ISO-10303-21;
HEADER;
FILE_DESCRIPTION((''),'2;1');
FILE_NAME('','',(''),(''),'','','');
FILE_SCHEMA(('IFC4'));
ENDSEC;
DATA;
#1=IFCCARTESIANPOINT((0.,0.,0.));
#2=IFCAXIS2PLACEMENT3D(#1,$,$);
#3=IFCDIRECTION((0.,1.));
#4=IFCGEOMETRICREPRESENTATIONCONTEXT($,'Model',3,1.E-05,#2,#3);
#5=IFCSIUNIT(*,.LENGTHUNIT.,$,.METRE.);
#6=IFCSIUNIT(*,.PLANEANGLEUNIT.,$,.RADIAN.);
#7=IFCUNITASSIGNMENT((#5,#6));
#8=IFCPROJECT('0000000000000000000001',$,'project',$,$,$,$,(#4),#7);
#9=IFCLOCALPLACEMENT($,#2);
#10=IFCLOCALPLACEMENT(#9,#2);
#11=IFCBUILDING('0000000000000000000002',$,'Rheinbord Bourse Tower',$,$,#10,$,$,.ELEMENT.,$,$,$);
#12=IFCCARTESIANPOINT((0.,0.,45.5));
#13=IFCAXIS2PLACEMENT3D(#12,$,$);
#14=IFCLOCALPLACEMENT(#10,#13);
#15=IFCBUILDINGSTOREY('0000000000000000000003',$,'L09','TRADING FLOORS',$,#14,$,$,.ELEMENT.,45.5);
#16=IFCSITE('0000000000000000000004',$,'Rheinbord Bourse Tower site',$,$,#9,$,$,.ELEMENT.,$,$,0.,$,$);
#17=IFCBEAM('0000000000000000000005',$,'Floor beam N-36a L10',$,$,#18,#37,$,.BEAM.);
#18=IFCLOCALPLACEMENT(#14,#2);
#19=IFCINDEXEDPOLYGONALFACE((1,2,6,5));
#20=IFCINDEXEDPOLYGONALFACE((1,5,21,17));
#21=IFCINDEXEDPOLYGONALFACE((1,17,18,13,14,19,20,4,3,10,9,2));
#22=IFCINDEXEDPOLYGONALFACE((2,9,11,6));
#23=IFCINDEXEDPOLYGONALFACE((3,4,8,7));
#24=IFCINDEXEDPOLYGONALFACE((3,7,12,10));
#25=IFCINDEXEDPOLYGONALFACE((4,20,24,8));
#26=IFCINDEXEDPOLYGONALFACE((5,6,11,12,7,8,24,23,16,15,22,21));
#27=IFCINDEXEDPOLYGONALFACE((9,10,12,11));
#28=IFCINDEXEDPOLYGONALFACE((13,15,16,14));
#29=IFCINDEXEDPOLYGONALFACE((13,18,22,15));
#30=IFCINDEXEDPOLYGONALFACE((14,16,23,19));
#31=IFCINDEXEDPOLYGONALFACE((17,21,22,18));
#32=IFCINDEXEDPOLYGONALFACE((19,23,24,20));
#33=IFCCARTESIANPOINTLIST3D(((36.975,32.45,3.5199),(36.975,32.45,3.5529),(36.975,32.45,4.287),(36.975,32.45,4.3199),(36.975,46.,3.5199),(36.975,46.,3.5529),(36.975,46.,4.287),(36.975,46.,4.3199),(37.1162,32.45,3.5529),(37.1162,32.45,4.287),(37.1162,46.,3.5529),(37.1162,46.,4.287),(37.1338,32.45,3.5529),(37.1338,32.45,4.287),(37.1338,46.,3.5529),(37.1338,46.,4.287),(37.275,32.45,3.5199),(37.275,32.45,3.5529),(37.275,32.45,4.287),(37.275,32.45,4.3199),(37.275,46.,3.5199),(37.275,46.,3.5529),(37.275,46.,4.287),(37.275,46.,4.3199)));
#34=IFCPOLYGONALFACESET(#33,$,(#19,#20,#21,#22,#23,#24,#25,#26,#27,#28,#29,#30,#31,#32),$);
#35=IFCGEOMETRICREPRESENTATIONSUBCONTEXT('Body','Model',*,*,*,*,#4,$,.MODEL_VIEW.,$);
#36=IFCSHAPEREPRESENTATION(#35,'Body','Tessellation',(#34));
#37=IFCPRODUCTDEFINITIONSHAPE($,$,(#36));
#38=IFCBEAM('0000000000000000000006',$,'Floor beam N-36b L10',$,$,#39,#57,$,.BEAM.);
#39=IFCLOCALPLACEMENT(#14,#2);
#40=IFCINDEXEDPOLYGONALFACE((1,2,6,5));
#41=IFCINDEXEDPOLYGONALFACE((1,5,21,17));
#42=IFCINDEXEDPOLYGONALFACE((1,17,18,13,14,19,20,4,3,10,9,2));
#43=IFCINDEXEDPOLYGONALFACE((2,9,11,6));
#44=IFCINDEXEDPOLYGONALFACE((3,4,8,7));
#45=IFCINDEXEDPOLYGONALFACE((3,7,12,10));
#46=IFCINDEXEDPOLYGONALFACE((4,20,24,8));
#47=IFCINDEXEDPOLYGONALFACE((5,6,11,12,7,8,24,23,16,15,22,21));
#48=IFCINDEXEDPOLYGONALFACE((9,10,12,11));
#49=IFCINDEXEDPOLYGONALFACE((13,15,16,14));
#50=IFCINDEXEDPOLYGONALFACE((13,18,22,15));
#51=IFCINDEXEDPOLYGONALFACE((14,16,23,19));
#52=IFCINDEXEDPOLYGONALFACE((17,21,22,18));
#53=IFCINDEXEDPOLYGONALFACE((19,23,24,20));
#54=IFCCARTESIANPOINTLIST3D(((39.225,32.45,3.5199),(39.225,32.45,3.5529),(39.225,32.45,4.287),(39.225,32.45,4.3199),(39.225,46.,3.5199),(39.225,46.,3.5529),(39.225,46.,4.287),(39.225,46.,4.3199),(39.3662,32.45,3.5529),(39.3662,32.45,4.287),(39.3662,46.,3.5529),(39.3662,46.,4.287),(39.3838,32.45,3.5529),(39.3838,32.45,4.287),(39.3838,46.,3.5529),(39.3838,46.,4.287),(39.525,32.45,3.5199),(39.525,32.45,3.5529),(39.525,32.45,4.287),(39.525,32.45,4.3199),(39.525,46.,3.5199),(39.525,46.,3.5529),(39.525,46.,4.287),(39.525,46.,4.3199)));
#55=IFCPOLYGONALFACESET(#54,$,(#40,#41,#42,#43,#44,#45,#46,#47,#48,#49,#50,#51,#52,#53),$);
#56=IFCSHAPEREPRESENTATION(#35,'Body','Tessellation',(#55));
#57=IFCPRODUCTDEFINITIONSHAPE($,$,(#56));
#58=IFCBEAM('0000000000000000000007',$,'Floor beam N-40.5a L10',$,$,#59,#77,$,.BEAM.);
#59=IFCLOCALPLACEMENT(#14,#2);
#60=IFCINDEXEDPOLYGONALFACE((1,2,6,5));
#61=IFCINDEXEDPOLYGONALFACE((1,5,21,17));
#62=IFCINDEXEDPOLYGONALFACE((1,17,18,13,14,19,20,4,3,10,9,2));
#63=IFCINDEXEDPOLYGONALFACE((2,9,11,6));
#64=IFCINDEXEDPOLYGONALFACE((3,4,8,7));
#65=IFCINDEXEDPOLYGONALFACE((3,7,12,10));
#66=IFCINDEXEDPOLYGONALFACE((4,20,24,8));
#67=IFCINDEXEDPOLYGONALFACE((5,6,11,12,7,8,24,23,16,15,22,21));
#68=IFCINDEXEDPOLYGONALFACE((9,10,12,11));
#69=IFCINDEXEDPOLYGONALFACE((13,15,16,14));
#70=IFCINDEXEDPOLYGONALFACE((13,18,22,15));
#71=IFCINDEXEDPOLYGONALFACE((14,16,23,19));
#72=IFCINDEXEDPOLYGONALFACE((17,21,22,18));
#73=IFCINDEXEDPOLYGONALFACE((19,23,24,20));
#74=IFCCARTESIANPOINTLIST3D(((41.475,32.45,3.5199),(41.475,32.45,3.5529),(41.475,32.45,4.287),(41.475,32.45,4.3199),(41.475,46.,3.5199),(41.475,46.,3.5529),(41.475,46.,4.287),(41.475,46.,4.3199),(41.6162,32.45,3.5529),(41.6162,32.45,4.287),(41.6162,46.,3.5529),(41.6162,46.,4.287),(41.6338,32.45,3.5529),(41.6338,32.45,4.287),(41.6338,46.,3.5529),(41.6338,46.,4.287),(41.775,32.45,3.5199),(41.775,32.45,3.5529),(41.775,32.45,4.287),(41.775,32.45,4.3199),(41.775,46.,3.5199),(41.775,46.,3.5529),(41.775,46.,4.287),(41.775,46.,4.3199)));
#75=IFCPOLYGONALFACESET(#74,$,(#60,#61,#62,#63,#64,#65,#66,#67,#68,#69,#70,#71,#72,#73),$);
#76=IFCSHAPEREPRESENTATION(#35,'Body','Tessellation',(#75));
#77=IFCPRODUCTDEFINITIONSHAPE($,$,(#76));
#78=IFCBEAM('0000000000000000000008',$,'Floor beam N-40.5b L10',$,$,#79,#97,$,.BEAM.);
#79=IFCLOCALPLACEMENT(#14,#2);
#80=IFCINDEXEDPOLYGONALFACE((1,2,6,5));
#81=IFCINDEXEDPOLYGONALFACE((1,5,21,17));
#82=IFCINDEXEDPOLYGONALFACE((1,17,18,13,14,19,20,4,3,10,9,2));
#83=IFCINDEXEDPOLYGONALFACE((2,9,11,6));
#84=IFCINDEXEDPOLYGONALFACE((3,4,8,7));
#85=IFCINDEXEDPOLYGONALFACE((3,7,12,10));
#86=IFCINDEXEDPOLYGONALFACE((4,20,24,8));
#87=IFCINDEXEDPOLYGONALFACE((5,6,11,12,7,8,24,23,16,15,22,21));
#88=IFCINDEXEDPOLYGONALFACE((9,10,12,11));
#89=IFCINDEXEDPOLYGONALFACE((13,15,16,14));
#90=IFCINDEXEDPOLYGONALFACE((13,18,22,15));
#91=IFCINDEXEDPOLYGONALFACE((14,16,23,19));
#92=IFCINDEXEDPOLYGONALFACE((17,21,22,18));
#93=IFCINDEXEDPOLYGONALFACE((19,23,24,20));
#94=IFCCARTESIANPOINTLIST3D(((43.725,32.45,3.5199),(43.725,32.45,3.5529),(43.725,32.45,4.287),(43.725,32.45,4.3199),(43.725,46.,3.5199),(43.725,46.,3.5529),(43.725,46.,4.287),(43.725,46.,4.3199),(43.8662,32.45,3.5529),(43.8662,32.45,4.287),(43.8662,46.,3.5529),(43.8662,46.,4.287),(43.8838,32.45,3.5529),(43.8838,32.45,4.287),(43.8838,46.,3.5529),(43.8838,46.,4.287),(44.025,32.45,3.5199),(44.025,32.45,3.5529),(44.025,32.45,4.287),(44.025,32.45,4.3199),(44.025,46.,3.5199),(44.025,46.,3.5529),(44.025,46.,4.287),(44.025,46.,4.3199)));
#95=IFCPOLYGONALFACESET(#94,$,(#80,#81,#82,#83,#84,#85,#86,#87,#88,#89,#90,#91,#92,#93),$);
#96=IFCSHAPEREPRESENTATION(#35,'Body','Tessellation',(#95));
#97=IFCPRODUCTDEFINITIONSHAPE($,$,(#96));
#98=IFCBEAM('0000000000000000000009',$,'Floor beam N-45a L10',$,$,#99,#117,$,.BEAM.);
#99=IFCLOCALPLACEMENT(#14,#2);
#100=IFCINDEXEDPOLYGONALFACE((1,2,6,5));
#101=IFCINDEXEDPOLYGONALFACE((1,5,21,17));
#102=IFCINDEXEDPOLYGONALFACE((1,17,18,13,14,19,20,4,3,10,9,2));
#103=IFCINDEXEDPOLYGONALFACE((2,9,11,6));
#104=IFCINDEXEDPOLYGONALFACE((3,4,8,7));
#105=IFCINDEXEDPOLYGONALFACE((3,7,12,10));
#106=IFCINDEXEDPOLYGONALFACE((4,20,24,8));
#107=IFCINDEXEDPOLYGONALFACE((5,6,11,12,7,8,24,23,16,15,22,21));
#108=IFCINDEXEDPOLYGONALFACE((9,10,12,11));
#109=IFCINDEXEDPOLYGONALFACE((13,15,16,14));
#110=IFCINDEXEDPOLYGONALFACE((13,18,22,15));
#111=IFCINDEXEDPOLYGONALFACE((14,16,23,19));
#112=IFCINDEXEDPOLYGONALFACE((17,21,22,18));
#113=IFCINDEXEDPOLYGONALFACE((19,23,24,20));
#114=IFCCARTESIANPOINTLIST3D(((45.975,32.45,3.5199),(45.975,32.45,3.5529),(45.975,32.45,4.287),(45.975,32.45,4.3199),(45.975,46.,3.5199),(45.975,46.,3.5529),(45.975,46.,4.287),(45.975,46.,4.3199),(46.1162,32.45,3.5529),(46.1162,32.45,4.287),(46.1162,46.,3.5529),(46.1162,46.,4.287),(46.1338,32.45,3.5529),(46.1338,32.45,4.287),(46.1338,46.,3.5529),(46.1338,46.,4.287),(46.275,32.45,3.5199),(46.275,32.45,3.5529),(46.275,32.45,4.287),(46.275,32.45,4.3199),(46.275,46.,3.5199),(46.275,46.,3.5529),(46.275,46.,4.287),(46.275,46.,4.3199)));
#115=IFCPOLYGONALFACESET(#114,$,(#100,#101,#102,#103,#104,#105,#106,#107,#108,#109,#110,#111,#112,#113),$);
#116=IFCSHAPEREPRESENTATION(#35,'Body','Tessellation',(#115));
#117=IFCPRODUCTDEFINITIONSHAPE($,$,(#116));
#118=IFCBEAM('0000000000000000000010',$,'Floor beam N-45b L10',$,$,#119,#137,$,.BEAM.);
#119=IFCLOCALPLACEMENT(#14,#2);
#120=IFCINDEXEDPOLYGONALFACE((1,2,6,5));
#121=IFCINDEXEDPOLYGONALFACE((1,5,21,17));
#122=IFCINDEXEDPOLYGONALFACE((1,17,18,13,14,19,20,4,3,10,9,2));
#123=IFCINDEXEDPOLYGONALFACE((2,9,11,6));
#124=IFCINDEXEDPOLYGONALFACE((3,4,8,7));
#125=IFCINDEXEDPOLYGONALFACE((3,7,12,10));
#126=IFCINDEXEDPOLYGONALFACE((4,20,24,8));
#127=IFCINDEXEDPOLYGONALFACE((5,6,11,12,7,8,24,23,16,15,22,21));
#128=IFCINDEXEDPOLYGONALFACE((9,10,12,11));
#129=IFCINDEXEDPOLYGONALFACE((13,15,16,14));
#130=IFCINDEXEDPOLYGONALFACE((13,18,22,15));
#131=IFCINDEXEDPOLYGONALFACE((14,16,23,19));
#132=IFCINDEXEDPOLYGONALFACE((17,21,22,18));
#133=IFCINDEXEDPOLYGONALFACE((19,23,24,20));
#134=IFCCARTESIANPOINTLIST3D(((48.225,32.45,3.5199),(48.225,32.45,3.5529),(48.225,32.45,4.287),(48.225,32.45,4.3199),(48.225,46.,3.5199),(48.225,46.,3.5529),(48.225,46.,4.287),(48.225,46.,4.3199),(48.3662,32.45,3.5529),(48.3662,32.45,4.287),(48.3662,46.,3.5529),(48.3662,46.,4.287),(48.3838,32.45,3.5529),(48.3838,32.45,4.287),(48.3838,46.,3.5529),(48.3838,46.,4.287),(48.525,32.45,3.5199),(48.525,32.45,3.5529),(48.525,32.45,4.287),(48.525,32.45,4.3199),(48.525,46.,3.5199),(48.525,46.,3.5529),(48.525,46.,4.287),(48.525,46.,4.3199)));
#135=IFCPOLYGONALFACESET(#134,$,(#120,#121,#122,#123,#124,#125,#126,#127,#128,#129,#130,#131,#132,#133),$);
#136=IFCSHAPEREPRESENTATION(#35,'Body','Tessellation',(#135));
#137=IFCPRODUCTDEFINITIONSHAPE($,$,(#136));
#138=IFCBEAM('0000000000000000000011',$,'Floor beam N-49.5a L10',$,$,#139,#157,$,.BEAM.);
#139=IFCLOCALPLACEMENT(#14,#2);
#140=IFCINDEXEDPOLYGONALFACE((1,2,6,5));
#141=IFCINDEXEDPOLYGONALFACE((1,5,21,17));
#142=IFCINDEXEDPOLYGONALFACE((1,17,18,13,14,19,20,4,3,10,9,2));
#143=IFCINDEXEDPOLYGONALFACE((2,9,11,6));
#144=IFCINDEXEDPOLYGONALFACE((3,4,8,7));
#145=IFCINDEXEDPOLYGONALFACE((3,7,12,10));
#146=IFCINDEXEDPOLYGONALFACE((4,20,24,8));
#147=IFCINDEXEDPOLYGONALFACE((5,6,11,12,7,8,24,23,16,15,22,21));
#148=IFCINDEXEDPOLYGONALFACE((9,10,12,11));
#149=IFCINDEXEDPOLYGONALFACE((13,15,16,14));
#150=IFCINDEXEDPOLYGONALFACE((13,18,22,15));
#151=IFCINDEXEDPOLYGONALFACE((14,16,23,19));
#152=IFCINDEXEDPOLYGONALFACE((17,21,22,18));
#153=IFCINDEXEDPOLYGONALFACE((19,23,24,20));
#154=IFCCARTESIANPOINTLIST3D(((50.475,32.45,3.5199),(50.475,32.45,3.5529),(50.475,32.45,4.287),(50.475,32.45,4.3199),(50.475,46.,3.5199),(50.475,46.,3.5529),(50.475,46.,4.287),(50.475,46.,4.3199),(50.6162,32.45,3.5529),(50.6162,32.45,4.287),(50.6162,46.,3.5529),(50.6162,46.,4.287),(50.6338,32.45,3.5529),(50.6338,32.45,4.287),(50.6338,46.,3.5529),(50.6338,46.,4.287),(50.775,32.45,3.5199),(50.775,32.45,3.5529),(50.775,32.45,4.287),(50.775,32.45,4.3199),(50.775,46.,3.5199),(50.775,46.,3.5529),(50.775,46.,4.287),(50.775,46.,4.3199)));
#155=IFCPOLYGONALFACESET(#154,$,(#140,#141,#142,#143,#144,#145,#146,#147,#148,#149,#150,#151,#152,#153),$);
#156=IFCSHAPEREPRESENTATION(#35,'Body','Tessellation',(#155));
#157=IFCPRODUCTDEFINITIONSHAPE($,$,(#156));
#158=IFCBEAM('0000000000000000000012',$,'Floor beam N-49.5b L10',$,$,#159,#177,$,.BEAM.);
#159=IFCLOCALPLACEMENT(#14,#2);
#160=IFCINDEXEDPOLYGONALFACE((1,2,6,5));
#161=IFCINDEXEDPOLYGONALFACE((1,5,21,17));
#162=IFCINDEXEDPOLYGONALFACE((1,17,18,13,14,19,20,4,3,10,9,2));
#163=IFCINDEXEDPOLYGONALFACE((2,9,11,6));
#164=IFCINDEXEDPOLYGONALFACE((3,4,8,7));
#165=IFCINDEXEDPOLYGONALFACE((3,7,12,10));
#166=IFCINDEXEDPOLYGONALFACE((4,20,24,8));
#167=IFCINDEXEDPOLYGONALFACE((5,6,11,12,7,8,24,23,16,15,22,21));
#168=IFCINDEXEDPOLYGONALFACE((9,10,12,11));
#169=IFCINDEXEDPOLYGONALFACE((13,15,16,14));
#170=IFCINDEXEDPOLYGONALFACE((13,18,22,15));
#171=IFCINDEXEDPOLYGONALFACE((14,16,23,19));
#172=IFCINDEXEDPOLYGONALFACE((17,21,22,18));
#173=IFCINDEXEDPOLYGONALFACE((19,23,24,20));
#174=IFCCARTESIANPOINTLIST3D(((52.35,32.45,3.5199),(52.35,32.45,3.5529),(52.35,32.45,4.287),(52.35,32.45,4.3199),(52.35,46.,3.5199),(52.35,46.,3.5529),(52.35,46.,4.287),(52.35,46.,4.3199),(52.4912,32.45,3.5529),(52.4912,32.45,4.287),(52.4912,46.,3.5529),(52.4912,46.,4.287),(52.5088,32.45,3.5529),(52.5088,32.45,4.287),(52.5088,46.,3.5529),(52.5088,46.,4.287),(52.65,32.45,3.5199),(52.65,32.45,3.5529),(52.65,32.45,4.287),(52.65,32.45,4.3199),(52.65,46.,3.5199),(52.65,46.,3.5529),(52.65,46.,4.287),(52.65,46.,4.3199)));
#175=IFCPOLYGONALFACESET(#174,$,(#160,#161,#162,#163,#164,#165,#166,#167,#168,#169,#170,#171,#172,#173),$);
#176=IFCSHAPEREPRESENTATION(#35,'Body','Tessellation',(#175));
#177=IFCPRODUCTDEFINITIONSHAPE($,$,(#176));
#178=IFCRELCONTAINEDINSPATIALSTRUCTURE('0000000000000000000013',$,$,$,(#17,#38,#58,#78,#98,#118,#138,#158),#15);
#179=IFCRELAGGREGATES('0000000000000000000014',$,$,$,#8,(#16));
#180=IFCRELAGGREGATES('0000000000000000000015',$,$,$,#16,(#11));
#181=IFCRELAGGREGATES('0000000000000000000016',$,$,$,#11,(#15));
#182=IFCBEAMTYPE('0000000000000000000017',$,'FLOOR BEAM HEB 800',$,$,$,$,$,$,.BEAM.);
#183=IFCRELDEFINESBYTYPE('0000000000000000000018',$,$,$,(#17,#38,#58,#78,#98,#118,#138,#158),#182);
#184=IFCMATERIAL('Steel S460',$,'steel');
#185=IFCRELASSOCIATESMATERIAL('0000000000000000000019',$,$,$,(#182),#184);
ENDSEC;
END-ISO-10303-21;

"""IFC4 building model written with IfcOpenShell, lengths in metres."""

from ifc_helpers import new_model, si_unit, direction, frame, origin, origin_2d, place, context, subcontext, project, spatial, i_section, extrude, material, material_profile, profile_set, type_object, element, save


model = new_model("IFC4")

# Units and contexts
model_context = context("Model", 3, precision=1e-05, world=origin(), true_north=direction((0.0, 1.0)))
body_context = subcontext(model_context, "Body", "Model", "MODEL_VIEW")
ifc_project = project(units=[si_unit("LENGTHUNIT", "METRE"), si_unit("PLANEANGLEUNIT", "RADIAN")], contexts=[model_context])

# Site, building, storey
site_placement = place(None, origin())
site = spatial("IfcSite", under=ifc_project, at=site_placement, Name="Rheinbord Bourse Tower site", CompositionType="ELEMENT", RefElevation=0.0)
building_placement = place(site_placement, origin())
building = spatial("IfcBuilding", under=site, at=building_placement, Name="Rheinbord Bourse Tower", CompositionType="ELEMENT")
storey_placement = place(building_placement, frame((0.0, 0.0, 45.5)))
storey = spatial("IfcBuildingStorey", under=building, at=storey_placement, Name="L09", Description="TRADING FLOORS", CompositionType="ELEMENT", Elevation=45.5)

# Beams
ifc_material_1 = material(Name="Steel S460", Category="steel")
ifc_material_profile_1 = material_profile(ifc_material_1, i_section(OverallWidth=0.3, OverallDepth=0.8, WebThickness=0.0176, FlangeThickness=0.033, at=origin_2d()), Name="HEB 800")
ifc_profile_set_1 = profile_set([ifc_material_profile_1], Name="Steel S460")
beam_type_1 = type_object("IfcBeamType", Name="FLOOR BEAM HEB 800", PredefinedType="BEAM", material=ifc_profile_set_1)
for number, where, z_axis, x_axis, name in (
    (1, (37.125, 46.0, 3.9199), (0.0, -1.0, 0.0), (1.0, 0.0, 0.0), "Floor beam N-36a L10"),
    (2, (39.375, 46.0, 3.9199), (0.0, -1.0, 0.0), (1.0, 0.0, 0.0), "Floor beam N-36b L10"),
    (3, (41.625, 46.0, 3.9199), (0.0, -1.0, 0.0), (1.0, 0.0, 0.0), "Floor beam N-40.5a L10"),
    (4, (43.875, 46.0, 3.9199), (0.0, -1.0, 0.0), (1.0, 0.0, 0.0), "Floor beam N-40.5b L10"),
    (5, (46.125, 46.0, 3.9199), (0.0, -1.0, 0.0), (1.0, 0.0, 0.0), "Floor beam N-45a L10"),
    (6, (48.375, 46.0, 3.9199), (0.0, -1.0, 0.0), (1.0, 0.0, 0.0), "Floor beam N-45b L10"),
    (7, (50.625, 46.0, 3.9199), (0.0, -1.0, 0.0), (1.0, 0.0, 0.0), "Floor beam N-49.5a L10"),
    (8, (52.5, 46.0, 3.9199), (0.0, -1.0, 0.0), (1.0, 0.0, 0.0), "Floor beam N-49.5b L10"),
):
    element("IfcBeam", number, at=place(storey_placement, frame(where, z_axis=z_axis, x_axis=x_axis)), inside=storey, type_object=beam_type_1, Name=name, PredefinedType="BEAM", context=body_context, shape_type="SweptSolid", body=[
        extrude(i_section(OverallWidth=0.3, OverallDepth=0.8, WebThickness=0.0176, FlangeThickness=0.033, at=origin_2d()), origin(), (0.0, 0.0, 1.0), 13.55),
    ])

save(model, "model.ifc")
